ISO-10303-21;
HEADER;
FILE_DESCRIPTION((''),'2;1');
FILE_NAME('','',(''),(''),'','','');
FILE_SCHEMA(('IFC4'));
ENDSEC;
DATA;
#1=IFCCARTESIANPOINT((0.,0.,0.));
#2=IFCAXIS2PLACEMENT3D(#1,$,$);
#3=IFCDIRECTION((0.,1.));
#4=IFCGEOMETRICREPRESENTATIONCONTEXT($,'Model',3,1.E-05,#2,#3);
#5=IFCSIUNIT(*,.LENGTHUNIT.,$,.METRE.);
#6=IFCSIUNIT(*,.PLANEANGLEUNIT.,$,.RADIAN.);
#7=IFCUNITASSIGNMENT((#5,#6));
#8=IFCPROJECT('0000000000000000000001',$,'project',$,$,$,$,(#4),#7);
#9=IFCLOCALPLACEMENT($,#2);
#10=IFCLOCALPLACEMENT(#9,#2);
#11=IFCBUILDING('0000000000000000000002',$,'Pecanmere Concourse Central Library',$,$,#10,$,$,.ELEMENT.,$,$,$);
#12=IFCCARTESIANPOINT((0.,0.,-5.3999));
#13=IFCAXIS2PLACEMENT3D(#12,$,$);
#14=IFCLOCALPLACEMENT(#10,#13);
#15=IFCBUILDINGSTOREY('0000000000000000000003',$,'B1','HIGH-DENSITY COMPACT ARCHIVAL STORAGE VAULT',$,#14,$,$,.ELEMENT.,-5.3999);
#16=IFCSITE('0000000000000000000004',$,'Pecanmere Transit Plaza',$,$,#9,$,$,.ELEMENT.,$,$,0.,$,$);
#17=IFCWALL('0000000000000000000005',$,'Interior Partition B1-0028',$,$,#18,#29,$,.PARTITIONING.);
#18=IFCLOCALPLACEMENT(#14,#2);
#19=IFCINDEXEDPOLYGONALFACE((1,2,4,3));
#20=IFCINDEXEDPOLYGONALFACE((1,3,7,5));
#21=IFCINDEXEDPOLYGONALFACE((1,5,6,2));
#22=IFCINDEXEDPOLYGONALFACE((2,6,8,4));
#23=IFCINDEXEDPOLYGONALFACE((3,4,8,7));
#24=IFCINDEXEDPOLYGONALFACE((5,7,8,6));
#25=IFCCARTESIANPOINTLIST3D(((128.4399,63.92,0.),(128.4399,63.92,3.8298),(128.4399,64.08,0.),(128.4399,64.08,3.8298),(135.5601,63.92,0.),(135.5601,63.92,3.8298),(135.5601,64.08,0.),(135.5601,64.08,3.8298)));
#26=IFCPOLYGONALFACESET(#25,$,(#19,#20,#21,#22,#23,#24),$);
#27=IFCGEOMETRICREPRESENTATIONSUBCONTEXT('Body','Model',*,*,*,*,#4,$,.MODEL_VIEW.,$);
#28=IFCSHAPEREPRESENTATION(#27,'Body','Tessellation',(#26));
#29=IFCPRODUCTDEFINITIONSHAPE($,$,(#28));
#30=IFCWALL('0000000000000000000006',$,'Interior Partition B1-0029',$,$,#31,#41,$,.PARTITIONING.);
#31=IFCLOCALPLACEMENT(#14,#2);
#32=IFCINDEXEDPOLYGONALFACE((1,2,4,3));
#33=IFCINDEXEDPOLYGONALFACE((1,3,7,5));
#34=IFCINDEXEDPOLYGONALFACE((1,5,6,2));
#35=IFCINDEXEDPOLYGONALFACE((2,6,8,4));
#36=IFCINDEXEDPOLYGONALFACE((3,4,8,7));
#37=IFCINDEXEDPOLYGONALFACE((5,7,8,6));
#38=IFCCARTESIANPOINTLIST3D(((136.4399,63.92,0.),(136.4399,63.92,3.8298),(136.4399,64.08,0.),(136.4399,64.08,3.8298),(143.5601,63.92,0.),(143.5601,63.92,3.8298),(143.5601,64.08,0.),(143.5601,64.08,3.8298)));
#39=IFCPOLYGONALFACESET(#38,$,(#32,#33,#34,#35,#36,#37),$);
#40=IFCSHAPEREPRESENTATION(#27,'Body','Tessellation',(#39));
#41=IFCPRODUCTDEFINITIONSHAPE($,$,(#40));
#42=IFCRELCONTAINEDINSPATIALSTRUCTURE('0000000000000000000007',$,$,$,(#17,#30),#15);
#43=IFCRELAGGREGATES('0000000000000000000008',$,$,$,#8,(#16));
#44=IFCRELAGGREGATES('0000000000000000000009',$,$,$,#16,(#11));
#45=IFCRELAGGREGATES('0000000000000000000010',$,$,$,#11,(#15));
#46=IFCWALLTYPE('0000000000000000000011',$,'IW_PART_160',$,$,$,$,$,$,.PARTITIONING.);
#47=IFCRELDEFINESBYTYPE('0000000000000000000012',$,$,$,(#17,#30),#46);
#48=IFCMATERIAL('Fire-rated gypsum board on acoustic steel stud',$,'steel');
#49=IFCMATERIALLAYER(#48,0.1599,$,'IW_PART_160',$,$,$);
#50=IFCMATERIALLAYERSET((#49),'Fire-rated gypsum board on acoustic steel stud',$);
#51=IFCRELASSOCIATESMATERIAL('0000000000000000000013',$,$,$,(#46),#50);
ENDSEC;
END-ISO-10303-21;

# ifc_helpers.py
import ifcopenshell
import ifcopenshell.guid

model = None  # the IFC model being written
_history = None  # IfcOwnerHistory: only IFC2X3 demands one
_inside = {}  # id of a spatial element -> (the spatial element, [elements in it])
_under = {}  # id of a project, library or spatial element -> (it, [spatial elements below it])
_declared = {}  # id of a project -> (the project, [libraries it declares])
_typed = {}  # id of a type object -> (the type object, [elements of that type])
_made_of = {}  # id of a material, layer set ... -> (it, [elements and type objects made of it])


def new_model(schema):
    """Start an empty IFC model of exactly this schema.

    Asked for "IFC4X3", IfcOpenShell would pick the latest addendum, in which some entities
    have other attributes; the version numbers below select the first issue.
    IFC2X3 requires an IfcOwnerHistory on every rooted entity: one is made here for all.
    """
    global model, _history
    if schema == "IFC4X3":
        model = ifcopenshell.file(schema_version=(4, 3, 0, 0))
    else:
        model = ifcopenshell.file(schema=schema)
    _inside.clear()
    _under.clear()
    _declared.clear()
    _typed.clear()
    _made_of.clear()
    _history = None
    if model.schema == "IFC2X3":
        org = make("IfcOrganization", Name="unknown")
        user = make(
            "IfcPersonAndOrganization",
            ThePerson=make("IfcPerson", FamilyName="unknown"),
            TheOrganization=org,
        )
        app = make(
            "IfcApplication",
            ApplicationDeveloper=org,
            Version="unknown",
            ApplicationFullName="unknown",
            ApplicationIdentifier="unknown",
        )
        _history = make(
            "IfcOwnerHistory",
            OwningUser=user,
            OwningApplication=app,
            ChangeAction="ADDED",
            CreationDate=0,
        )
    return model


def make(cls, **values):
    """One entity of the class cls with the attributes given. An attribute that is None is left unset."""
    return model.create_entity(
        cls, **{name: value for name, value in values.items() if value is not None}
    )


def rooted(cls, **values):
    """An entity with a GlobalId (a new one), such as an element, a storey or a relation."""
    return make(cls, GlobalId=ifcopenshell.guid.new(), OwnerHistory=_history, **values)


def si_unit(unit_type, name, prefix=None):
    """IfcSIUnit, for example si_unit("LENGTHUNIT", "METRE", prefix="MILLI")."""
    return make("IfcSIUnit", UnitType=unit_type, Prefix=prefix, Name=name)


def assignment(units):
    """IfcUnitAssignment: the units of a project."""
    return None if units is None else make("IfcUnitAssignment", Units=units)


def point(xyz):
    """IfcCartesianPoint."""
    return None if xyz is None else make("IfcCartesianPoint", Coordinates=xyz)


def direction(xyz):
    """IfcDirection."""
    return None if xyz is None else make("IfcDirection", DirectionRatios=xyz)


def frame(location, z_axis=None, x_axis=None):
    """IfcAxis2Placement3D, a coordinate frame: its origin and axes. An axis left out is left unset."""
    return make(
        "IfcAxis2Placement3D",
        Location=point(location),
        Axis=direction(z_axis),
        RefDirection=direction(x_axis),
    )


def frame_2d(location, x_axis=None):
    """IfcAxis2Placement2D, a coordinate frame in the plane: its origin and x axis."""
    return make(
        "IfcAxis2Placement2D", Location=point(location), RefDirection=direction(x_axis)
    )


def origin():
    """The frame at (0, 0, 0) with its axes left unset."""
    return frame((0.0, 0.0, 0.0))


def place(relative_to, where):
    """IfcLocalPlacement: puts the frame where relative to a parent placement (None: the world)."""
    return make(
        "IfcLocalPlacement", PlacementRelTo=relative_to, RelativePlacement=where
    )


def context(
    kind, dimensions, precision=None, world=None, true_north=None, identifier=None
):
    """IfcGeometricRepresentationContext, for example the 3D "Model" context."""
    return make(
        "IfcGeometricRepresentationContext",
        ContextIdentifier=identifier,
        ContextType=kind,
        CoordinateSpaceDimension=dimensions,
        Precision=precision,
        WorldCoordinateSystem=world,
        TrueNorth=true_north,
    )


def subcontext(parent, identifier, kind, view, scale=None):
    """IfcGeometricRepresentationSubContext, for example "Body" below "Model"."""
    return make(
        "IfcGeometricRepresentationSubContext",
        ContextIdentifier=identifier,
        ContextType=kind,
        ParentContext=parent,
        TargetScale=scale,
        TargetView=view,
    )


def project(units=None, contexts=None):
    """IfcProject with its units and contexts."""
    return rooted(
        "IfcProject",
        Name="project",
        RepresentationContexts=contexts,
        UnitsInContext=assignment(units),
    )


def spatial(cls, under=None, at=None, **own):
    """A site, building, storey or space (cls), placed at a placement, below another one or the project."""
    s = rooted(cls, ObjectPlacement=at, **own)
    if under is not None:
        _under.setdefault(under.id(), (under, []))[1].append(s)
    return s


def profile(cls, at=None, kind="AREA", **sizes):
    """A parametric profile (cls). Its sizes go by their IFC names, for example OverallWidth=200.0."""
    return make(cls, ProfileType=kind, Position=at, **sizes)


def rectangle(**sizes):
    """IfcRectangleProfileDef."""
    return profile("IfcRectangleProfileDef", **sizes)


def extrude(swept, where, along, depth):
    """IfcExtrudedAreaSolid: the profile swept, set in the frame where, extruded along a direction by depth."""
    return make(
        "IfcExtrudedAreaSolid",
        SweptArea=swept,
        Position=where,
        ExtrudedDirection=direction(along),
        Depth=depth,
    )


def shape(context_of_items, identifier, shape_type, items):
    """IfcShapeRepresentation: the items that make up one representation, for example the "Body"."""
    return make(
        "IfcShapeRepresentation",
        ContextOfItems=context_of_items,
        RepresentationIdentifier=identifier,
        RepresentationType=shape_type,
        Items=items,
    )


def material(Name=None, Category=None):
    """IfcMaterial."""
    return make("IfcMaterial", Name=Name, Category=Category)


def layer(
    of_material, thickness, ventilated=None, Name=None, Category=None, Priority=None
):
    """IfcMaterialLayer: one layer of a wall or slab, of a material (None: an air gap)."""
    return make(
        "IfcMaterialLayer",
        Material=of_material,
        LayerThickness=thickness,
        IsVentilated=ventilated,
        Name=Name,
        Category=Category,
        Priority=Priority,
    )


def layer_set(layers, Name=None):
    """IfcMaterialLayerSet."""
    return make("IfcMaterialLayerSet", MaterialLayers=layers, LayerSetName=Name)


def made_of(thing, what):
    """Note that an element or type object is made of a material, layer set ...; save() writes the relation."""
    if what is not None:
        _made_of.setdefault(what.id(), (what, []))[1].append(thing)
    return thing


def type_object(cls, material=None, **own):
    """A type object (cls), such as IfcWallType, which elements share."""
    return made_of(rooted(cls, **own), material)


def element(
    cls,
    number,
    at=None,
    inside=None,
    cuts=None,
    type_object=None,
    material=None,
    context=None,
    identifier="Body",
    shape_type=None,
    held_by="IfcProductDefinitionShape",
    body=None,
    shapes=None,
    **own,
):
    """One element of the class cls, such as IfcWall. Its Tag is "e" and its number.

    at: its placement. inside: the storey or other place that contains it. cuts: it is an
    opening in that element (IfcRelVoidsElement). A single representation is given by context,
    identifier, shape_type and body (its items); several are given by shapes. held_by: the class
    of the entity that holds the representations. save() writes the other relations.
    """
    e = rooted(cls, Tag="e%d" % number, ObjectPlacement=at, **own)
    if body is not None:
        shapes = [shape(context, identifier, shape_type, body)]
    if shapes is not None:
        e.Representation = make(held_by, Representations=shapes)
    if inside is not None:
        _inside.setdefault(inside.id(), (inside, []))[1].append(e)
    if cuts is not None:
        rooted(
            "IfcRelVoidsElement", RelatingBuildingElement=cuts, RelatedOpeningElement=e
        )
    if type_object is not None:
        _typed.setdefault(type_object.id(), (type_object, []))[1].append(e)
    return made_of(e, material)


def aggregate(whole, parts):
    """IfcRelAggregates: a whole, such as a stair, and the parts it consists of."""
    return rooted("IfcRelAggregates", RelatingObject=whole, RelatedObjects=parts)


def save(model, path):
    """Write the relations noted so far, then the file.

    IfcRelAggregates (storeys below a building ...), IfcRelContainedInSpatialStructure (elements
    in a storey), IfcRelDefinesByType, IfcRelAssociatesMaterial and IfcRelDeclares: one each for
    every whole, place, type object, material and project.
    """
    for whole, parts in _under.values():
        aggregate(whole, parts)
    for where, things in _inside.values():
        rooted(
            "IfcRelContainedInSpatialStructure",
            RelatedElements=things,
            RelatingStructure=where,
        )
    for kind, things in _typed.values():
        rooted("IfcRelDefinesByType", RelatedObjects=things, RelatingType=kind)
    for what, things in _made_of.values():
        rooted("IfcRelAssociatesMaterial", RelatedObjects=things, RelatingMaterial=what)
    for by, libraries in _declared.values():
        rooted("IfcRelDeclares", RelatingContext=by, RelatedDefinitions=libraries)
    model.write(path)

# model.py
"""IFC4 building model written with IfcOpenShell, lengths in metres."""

from ifc_helpers import new_model, si_unit, direction, frame, frame_2d, origin, place, context, subcontext, project, spatial, rectangle, extrude, material, layer, layer_set, type_object, element, save


model = new_model("IFC4")

# Units and contexts
model_context = context("Model", 3, precision=1e-05, world=origin(), true_north=direction((0.0, 1.0)))
body_context = subcontext(model_context, "Body", "Model", "MODEL_VIEW")
ifc_project = project(units=[si_unit("LENGTHUNIT", "METRE"), si_unit("PLANEANGLEUNIT", "RADIAN")], contexts=[model_context])

# Site, building, storey
site_placement = place(None, origin())
site = spatial("IfcSite", under=ifc_project, at=site_placement, Name="Pecanmere Transit Plaza", CompositionType="ELEMENT", RefElevation=0.0)
building_placement = place(site_placement, origin())
building = spatial("IfcBuilding", under=site, at=building_placement, Name="Pecanmere Concourse Central Library", CompositionType="ELEMENT")
storey_placement = place(building_placement, frame((0.0, 0.0, -5.3999)))
storey = spatial("IfcBuildingStorey", under=building, at=storey_placement, Name="B1", Description="HIGH-DENSITY COMPACT ARCHIVAL STORAGE VAULT", CompositionType="ELEMENT", Elevation=-5.3999)

# Walls
ifc_material_1 = material(Name="Fire-rated gypsum board on acoustic steel stud", Category="steel")
ifc_layer = layer(ifc_material_1, 0.1599, Name="IW_PART_160")
ifc_layer_set = layer_set([ifc_layer], Name="Fire-rated gypsum board on acoustic steel stud")
wall_type = type_object("IfcWallType", Name="IW_PART_160", PredefinedType="PARTITIONING", material=ifc_layer_set)
for number, where, z_axis, x_axis, name in (
    (1, (128.4399, 64.0, 0.0), (0.0, 0.0, 1.0), (1.0, 0.0, 0.0), "Interior Partition B1-0028"),
    (2, (136.4399, 64.0, 0.0), (0.0, 0.0, 1.0), (1.0, 0.0, 0.0), "Interior Partition B1-0029"),
):
    element("IfcWall", number, at=place(storey_placement, frame(where, z_axis=z_axis, x_axis=x_axis)), inside=storey, type_object=wall_type, Name=name, PredefinedType="PARTITIONING", context=body_context, shape_type="SweptSolid", body=[
        extrude(rectangle(XDim=7.1201, YDim=0.1599, at=frame_2d((3.5601, 0.0))), origin(), (0.0, 0.0, 1.0), 3.8298),
    ])

save(model, "model.ifc")
